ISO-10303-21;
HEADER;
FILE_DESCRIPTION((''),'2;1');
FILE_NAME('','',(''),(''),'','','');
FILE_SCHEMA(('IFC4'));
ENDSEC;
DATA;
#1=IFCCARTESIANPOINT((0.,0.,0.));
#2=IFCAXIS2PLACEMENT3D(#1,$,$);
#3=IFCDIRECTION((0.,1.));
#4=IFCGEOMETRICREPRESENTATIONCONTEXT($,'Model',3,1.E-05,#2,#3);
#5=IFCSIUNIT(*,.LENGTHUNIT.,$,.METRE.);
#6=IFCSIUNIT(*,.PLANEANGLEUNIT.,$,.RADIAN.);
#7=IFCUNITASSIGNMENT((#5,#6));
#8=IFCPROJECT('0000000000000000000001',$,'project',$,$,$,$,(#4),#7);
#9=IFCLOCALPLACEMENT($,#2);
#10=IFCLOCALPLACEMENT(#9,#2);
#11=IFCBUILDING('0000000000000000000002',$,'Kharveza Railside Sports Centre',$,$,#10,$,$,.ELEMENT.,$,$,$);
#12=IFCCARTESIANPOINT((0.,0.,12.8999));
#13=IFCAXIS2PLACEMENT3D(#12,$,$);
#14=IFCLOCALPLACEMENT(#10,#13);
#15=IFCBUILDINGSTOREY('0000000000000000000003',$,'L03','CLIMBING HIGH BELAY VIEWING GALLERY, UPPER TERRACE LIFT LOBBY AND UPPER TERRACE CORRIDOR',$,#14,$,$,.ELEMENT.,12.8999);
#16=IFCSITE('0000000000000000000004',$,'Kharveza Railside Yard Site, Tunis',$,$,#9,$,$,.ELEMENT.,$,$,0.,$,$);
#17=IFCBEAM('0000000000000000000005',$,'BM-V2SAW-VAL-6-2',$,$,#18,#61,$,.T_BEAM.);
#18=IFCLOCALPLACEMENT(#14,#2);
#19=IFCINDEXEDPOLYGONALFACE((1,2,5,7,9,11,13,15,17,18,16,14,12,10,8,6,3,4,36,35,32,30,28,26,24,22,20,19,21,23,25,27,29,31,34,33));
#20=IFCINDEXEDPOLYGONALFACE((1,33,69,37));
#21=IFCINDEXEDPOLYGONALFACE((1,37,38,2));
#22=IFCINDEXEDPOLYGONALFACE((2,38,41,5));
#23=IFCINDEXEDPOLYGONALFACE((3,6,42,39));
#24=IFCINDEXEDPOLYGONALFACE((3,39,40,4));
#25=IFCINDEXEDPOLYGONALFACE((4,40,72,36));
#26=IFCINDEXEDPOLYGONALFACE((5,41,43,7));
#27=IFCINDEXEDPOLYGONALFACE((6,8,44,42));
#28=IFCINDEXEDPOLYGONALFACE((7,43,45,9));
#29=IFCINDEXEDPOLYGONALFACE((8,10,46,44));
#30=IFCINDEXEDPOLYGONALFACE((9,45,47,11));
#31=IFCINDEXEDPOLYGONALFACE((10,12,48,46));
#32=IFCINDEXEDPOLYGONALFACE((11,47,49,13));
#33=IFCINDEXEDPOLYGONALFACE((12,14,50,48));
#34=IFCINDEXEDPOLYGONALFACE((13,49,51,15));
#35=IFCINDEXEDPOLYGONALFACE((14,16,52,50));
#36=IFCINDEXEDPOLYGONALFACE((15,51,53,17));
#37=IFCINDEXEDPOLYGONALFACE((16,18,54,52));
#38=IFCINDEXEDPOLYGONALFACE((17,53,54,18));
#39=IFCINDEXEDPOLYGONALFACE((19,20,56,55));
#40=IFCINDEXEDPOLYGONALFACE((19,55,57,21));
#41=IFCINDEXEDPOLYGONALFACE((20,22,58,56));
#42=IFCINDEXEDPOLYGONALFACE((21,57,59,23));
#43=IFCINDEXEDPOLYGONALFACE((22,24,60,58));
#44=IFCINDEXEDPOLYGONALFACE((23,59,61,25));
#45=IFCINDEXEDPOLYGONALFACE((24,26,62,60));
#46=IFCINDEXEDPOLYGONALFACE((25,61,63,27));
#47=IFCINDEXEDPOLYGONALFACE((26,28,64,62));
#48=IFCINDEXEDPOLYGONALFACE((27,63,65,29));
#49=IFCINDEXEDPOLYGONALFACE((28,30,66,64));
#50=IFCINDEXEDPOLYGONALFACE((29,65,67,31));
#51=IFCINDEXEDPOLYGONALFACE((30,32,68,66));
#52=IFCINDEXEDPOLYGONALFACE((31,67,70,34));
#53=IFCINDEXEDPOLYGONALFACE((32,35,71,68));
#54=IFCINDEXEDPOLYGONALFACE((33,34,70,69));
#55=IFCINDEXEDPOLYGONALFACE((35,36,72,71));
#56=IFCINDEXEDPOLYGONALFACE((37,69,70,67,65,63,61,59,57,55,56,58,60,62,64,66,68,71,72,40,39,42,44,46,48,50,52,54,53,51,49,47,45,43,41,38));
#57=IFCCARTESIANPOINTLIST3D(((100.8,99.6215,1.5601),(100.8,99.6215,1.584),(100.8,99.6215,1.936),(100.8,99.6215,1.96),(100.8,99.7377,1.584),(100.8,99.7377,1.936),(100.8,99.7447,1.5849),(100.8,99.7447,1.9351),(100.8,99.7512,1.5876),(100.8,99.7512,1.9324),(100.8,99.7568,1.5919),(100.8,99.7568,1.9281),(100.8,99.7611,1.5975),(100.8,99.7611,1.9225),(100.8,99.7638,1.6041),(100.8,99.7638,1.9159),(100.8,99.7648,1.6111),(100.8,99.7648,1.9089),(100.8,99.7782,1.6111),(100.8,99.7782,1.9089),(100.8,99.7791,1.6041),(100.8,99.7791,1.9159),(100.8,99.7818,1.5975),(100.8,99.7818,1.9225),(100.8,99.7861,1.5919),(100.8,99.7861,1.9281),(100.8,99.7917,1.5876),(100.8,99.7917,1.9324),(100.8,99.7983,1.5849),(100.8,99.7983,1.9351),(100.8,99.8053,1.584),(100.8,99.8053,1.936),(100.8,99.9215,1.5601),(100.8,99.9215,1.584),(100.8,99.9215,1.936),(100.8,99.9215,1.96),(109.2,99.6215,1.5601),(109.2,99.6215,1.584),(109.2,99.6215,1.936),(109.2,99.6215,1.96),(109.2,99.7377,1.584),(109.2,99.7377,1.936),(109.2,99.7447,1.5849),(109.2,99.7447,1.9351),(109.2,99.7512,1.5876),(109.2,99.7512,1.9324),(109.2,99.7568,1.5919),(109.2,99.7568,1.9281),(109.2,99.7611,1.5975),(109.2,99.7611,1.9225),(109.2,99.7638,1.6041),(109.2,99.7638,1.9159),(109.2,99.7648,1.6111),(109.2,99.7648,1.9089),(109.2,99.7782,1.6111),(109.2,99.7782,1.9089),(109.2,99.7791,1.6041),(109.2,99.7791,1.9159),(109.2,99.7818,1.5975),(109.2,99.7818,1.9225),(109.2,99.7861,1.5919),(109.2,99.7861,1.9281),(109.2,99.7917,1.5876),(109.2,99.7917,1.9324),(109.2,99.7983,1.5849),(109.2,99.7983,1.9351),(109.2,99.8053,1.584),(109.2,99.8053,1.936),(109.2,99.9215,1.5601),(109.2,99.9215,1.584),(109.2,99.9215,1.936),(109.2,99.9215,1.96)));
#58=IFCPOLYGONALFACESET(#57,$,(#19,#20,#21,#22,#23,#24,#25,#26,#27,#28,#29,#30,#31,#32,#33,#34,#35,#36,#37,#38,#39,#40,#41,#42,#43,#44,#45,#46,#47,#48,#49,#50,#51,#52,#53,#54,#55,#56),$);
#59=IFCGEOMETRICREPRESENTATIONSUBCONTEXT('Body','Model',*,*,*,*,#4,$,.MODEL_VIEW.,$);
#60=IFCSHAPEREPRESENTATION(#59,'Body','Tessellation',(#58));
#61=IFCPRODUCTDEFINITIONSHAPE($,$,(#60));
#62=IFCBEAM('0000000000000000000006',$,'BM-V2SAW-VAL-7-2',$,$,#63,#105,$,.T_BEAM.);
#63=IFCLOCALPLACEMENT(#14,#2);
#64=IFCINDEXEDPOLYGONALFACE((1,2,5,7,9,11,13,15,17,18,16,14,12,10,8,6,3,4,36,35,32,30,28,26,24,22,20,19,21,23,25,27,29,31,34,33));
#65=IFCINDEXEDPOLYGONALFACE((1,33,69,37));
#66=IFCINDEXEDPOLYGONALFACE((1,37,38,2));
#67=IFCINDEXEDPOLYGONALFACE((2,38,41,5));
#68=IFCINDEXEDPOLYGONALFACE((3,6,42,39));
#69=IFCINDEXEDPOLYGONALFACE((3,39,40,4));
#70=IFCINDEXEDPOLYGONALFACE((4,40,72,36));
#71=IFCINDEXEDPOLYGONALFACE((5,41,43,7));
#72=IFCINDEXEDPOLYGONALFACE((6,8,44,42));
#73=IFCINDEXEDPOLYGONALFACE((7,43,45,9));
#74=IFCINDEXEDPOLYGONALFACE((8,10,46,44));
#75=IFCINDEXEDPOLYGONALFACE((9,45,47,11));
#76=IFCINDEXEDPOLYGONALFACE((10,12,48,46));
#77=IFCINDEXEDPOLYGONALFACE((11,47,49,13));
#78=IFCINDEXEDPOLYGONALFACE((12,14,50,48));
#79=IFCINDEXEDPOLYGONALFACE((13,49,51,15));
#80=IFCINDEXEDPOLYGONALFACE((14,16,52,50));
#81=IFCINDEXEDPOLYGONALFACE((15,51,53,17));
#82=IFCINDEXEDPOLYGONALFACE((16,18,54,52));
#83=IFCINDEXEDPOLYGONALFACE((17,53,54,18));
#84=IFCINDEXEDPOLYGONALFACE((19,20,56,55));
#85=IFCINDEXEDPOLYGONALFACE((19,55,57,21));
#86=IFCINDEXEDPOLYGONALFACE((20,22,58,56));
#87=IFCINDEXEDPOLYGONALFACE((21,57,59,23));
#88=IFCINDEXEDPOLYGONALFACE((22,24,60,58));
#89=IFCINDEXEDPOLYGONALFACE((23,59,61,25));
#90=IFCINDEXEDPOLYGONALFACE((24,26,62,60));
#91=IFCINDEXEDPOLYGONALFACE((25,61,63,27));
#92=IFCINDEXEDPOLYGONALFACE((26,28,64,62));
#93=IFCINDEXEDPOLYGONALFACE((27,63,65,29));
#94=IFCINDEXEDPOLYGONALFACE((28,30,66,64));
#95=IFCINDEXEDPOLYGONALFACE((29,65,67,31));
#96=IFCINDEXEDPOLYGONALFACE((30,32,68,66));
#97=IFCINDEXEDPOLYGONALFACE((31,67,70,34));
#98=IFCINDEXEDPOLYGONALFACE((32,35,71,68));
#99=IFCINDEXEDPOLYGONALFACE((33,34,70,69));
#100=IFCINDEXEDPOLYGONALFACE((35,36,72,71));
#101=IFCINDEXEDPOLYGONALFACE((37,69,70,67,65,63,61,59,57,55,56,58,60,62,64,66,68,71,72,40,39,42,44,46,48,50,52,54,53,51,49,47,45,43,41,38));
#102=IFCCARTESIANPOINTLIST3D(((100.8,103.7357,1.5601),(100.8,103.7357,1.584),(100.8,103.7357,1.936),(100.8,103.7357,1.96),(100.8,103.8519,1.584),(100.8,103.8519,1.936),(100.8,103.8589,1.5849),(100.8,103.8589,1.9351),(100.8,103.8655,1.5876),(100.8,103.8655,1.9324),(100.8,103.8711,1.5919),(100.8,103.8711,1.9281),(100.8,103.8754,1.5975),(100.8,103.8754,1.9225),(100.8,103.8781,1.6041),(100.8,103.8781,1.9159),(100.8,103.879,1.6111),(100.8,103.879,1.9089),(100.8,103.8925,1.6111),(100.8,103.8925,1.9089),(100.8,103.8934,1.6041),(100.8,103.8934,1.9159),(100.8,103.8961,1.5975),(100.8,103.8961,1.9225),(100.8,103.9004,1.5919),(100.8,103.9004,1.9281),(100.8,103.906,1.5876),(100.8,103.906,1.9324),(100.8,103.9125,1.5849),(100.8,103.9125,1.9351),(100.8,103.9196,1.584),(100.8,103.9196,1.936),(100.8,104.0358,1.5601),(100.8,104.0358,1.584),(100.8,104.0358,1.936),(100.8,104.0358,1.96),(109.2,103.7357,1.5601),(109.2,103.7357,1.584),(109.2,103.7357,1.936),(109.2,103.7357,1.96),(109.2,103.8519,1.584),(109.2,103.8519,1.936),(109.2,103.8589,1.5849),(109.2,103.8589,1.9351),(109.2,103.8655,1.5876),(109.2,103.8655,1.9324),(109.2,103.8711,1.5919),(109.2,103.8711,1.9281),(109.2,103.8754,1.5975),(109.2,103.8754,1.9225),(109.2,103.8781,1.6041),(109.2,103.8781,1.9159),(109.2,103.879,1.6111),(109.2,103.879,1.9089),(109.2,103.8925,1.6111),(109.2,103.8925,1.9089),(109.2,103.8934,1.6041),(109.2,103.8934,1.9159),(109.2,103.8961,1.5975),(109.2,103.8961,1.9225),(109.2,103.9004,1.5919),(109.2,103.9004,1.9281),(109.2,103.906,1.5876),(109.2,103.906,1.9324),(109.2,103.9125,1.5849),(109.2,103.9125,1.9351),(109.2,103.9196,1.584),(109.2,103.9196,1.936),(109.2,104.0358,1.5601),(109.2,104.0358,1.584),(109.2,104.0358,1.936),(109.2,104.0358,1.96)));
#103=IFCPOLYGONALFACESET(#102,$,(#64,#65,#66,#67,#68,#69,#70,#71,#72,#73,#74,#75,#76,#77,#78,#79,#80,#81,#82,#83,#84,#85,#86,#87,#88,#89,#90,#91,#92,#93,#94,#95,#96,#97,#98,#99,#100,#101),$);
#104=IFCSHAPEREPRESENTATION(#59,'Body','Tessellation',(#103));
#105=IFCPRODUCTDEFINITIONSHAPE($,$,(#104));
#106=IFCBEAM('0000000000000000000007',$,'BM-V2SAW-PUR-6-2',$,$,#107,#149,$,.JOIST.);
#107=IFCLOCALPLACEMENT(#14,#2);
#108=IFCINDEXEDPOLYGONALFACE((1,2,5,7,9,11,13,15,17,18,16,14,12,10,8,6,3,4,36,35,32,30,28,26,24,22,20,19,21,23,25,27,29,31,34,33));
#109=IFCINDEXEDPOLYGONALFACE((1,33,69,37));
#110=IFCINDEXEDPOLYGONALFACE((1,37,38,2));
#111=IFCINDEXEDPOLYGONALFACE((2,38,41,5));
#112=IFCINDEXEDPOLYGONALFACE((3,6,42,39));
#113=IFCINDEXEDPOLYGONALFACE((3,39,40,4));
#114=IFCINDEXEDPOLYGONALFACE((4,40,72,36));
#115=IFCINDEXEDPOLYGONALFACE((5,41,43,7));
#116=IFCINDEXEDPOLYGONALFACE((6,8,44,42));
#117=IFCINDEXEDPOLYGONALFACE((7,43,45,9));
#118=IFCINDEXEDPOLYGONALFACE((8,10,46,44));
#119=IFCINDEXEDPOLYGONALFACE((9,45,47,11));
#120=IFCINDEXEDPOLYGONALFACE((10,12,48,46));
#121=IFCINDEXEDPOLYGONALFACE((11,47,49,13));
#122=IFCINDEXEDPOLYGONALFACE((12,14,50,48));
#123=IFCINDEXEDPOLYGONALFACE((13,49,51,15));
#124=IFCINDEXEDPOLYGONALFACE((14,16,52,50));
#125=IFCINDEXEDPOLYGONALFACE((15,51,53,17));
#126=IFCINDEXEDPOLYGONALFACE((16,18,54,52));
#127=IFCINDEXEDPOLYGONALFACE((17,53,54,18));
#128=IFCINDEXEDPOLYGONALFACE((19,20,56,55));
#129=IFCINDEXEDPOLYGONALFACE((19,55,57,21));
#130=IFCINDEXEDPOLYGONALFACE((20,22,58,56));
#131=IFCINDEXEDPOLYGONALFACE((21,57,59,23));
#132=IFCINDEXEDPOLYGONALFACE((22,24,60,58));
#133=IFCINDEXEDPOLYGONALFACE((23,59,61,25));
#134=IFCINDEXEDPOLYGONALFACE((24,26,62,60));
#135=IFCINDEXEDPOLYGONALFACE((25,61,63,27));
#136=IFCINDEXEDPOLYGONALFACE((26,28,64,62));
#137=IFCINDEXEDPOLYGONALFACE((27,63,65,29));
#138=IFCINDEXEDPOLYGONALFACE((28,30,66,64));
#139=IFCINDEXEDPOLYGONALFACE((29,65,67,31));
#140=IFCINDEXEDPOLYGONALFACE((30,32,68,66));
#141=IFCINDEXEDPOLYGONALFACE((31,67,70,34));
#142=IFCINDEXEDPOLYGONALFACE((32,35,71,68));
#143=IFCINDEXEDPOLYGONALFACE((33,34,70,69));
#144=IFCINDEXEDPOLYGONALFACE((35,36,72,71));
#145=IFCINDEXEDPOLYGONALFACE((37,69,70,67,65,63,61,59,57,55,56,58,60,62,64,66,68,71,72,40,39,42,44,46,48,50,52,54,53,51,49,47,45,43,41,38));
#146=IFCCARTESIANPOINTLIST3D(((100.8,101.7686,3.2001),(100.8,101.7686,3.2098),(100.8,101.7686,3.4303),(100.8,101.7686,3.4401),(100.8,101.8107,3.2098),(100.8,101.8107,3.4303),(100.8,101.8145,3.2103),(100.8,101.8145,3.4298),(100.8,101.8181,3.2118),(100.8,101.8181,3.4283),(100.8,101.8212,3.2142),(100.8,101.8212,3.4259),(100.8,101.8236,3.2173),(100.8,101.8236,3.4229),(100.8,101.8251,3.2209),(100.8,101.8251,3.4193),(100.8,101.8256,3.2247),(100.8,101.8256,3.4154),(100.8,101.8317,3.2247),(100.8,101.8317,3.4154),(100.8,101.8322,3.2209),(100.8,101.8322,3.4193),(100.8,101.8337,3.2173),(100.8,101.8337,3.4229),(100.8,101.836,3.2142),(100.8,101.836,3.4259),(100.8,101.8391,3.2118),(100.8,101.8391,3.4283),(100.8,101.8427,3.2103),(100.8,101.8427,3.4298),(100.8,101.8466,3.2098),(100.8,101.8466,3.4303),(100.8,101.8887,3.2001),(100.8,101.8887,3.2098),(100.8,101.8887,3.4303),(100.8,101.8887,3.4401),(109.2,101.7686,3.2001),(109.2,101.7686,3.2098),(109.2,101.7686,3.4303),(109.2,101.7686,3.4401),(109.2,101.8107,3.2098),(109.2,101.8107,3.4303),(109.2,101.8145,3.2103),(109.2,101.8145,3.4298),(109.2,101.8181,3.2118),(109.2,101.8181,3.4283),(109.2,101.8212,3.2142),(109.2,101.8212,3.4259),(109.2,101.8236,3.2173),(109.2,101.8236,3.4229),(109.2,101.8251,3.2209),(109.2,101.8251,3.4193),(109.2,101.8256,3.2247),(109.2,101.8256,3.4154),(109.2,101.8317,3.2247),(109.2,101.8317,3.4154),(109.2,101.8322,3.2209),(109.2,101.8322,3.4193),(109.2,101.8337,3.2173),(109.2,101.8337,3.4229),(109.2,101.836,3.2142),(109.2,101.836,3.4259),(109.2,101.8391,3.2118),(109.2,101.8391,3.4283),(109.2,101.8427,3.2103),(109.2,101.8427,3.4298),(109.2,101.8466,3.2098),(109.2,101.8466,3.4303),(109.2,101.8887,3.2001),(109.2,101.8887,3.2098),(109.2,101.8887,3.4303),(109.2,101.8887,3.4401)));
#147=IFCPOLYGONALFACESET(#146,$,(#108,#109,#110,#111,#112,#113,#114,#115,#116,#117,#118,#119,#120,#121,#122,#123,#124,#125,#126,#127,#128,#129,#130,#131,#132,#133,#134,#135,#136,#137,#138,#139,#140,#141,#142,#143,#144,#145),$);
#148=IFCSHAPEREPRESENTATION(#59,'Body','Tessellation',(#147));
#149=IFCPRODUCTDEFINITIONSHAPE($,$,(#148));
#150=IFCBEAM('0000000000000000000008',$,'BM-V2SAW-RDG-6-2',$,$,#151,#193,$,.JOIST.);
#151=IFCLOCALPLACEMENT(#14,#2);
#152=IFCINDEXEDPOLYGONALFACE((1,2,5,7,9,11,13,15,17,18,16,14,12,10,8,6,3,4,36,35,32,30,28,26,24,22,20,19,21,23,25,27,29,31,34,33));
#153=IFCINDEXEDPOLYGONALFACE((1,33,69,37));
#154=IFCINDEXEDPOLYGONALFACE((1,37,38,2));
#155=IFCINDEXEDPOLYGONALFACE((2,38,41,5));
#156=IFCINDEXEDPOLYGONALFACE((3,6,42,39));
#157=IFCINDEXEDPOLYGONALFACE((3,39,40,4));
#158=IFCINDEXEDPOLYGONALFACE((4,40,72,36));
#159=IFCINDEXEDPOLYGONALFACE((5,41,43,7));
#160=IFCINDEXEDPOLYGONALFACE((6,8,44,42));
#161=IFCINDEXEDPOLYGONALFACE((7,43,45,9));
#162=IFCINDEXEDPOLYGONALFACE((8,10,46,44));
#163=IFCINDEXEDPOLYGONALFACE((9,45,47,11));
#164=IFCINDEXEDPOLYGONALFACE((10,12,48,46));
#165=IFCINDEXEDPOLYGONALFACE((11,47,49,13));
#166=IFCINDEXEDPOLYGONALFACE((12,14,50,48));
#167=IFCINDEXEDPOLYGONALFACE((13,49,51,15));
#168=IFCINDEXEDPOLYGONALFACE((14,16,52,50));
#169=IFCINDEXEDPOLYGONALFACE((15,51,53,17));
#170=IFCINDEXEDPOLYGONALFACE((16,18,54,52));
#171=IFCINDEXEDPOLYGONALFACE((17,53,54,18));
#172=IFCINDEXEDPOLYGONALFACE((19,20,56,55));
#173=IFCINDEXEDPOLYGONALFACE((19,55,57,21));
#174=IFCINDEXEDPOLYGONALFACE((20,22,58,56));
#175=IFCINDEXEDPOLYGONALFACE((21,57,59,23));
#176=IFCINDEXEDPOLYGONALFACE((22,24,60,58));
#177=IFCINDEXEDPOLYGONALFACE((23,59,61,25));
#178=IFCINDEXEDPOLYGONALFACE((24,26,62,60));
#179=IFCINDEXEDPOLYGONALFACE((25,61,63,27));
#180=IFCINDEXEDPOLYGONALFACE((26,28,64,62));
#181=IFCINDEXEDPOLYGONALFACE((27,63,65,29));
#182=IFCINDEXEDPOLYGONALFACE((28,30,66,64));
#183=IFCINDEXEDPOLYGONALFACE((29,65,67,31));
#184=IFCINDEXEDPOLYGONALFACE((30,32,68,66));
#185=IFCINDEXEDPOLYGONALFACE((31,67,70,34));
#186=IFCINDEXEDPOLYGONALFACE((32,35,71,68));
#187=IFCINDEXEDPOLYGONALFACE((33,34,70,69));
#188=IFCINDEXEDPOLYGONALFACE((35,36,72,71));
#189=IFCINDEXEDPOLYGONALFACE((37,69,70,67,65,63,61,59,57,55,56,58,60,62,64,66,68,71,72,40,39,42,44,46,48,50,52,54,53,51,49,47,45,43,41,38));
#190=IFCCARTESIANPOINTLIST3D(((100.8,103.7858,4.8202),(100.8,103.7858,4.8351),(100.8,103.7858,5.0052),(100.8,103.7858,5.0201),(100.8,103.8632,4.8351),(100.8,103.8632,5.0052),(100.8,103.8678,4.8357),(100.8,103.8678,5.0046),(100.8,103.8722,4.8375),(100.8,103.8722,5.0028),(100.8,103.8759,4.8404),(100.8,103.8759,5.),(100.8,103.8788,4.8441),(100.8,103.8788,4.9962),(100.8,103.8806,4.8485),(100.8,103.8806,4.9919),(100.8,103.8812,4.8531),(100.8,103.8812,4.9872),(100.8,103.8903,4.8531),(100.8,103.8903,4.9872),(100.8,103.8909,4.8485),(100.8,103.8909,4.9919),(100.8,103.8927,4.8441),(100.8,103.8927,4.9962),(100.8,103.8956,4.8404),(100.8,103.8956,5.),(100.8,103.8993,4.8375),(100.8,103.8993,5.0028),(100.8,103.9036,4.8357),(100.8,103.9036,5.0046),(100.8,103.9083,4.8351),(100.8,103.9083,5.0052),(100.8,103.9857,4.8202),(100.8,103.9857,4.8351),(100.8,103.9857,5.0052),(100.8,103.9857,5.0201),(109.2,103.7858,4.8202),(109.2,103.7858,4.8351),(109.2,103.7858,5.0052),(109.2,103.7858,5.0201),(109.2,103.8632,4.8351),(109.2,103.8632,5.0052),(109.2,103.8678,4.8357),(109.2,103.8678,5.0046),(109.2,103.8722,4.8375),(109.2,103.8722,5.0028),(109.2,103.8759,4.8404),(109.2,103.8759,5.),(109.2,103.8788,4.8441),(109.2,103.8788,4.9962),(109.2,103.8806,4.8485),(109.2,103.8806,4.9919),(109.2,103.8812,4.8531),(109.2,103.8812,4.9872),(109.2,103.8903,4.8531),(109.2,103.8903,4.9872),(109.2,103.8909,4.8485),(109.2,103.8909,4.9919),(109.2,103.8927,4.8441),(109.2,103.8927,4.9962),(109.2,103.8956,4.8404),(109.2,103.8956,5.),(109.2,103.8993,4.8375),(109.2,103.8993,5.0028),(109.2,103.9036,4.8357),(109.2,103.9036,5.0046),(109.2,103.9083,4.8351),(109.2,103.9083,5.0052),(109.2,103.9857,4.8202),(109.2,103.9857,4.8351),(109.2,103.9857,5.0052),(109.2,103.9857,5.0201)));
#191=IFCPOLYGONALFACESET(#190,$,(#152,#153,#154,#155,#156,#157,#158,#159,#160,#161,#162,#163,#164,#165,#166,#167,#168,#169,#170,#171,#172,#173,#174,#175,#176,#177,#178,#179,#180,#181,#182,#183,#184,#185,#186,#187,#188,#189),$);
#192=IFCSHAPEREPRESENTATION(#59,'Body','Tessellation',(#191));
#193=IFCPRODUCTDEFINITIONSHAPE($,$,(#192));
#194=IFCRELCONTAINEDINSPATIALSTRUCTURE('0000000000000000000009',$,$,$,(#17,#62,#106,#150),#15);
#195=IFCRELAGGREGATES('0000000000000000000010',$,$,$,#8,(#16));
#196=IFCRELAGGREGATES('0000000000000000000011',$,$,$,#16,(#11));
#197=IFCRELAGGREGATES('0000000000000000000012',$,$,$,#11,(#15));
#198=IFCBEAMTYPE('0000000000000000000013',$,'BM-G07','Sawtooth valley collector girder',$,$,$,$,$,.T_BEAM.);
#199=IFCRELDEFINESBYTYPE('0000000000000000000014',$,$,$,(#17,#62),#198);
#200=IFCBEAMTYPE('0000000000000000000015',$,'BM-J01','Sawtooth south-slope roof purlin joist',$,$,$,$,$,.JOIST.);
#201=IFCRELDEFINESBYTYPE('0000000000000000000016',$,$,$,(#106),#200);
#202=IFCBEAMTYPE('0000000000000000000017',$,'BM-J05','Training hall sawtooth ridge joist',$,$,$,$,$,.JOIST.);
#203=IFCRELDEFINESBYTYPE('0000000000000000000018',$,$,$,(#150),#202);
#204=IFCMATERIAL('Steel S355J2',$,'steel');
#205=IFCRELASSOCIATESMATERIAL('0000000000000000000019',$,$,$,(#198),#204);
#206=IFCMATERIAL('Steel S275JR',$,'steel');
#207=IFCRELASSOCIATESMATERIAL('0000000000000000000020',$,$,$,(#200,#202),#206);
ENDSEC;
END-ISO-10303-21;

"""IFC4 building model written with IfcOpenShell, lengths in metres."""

from ifc_helpers import new_model, si_unit, direction, frame, origin, origin_2d, place, context, subcontext, project, spatial, i_section, extrude, material, material_profile, profile_set, type_object, element, save


model = new_model("IFC4")

# Units and contexts
model_context = context("Model", 3, precision=1e-05, world=origin(), true_north=direction((0.0, 1.0)))
body_context = subcontext(model_context, "Body", "Model", "MODEL_VIEW")
ifc_project = project(units=[si_unit("LENGTHUNIT", "METRE"), si_unit("PLANEANGLEUNIT", "RADIAN")], contexts=[model_context])

# Site, building, storey
site_placement = place(None, origin())
site = spatial("IfcSite", under=ifc_project, at=site_placement, Name="Kharveza Railside Yard Site, Tunis", CompositionType="ELEMENT", RefElevation=0.0)
building_placement = place(site_placement, origin())
building = spatial("IfcBuilding", under=site, at=building_placement, Name="Kharveza Railside Sports Centre", CompositionType="ELEMENT")
storey_placement = place(building_placement, frame((0.0, 0.0, 12.8999)))
storey = spatial("IfcBuildingStorey", under=building, at=storey_placement, Name="L03", Description="CLIMBING HIGH BELAY VIEWING GALLERY, UPPER TERRACE LIFT LOBBY AND UPPER TERRACE CORRIDOR", CompositionType="ELEMENT", Elevation=12.8999)

# Beams
ifc_material_1 = material(Name="Steel S355J2", Category="steel")
ifc_material_profile_1 = material_profile(ifc_material_1, i_section(OverallWidth=0.3, OverallDepth=0.3999, WebThickness=0.0134, FlangeThickness=0.0239, FilletRadius=0.0271, at=origin_2d()), Name="HEB 400")
ifc_profile_set_1 = profile_set([ifc_material_profile_1], Name="Steel S355J2")
beam_type_1 = type_object("IfcBeamType", Name="BM-G07", Description="Sawtooth valley collector girder", PredefinedType="T_BEAM", material=ifc_profile_set_1)
for number, where, z_axis, x_axis, name in (
    (1, (100.8, 99.7715, 1.76), (1.0, 0.0, 0.0), (0.0, 1.0, 0.0), "BM-V2SAW-VAL-6-2"),
    (2, (100.8, 103.8857, 1.76), (1.0, 0.0, 0.0), (0.0, 1.0, 0.0), "BM-V2SAW-VAL-7-2"),
):
    element("IfcBeam", number, at=place(storey_placement, frame(where, z_axis=z_axis, x_axis=x_axis)), inside=storey, type_object=beam_type_1, Name=name, PredefinedType="T_BEAM", context=body_context, shape_type="SweptSolid", body=[
        extrude(i_section(OverallWidth=0.3, OverallDepth=0.3999, WebThickness=0.0134, FlangeThickness=0.0239, FilletRadius=0.0271, at=origin_2d()), origin(), (0.0, 0.0, 1.0), 8.3999),
    ])
ifc_material_2 = material(Name="Steel S275JR", Category="steel")
ifc_material_profile_2 = material_profile(ifc_material_2, i_section(OverallWidth=0.1201, OverallDepth=0.24, WebThickness=0.0061, FlangeThickness=0.0098, FilletRadius=0.0149, at=origin_2d()), Name="IPE 240")
ifc_profile_set_2 = profile_set([ifc_material_profile_2], Name="Steel S275JR")
beam_type_2 = type_object("IfcBeamType", Name="BM-J01", Description="Sawtooth south-slope roof purlin joist", PredefinedType="JOIST", material=ifc_profile_set_2)
beam_1_placement = place(storey_placement, frame((100.8, 101.8286, 3.3201), z_axis=(1.0, 0.0, 0.0), x_axis=(0.0, 1.0, 0.0)))
element("IfcBeam", 3, at=beam_1_placement, inside=storey, type_object=beam_type_2, Name="BM-V2SAW-PUR-6-2", PredefinedType="JOIST", context=body_context, shape_type="SweptSolid", body=[
    extrude(i_section(OverallWidth=0.1201, OverallDepth=0.24, WebThickness=0.0061, FlangeThickness=0.0098, FilletRadius=0.0149, at=origin_2d()), origin(), (0.0, 0.0, 1.0), 8.3999),
])
ifc_material_profile_3 = material_profile(ifc_material_2, i_section(OverallWidth=0.2, OverallDepth=0.2, WebThickness=0.009, FlangeThickness=0.0149, FilletRadius=0.0181, at=origin_2d()), Name="HEB 200")
ifc_profile_set_3 = profile_set([ifc_material_profile_3], Name="Steel S275JR")
beam_type_3 = type_object("IfcBeamType", Name="BM-J05", Description="Training hall sawtooth ridge joist", PredefinedType="JOIST", material=ifc_profile_set_3)
beam_2_placement = place(storey_placement, frame((100.8, 103.8857, 4.9202), z_axis=(1.0, 0.0, 0.0), x_axis=(0.0, 1.0, 0.0)))
element("IfcBeam", 4, at=beam_2_placement, inside=storey, type_object=beam_type_3, Name="BM-V2SAW-RDG-6-2", PredefinedType="JOIST", context=body_context, shape_type="SweptSolid", body=[
    extrude(i_section(OverallWidth=0.2, OverallDepth=0.2, WebThickness=0.009, FlangeThickness=0.0149, FilletRadius=0.0181, at=origin_2d()), origin(), (0.0, 0.0, 1.0), 8.3999),
])

save(model, "model.ifc")
